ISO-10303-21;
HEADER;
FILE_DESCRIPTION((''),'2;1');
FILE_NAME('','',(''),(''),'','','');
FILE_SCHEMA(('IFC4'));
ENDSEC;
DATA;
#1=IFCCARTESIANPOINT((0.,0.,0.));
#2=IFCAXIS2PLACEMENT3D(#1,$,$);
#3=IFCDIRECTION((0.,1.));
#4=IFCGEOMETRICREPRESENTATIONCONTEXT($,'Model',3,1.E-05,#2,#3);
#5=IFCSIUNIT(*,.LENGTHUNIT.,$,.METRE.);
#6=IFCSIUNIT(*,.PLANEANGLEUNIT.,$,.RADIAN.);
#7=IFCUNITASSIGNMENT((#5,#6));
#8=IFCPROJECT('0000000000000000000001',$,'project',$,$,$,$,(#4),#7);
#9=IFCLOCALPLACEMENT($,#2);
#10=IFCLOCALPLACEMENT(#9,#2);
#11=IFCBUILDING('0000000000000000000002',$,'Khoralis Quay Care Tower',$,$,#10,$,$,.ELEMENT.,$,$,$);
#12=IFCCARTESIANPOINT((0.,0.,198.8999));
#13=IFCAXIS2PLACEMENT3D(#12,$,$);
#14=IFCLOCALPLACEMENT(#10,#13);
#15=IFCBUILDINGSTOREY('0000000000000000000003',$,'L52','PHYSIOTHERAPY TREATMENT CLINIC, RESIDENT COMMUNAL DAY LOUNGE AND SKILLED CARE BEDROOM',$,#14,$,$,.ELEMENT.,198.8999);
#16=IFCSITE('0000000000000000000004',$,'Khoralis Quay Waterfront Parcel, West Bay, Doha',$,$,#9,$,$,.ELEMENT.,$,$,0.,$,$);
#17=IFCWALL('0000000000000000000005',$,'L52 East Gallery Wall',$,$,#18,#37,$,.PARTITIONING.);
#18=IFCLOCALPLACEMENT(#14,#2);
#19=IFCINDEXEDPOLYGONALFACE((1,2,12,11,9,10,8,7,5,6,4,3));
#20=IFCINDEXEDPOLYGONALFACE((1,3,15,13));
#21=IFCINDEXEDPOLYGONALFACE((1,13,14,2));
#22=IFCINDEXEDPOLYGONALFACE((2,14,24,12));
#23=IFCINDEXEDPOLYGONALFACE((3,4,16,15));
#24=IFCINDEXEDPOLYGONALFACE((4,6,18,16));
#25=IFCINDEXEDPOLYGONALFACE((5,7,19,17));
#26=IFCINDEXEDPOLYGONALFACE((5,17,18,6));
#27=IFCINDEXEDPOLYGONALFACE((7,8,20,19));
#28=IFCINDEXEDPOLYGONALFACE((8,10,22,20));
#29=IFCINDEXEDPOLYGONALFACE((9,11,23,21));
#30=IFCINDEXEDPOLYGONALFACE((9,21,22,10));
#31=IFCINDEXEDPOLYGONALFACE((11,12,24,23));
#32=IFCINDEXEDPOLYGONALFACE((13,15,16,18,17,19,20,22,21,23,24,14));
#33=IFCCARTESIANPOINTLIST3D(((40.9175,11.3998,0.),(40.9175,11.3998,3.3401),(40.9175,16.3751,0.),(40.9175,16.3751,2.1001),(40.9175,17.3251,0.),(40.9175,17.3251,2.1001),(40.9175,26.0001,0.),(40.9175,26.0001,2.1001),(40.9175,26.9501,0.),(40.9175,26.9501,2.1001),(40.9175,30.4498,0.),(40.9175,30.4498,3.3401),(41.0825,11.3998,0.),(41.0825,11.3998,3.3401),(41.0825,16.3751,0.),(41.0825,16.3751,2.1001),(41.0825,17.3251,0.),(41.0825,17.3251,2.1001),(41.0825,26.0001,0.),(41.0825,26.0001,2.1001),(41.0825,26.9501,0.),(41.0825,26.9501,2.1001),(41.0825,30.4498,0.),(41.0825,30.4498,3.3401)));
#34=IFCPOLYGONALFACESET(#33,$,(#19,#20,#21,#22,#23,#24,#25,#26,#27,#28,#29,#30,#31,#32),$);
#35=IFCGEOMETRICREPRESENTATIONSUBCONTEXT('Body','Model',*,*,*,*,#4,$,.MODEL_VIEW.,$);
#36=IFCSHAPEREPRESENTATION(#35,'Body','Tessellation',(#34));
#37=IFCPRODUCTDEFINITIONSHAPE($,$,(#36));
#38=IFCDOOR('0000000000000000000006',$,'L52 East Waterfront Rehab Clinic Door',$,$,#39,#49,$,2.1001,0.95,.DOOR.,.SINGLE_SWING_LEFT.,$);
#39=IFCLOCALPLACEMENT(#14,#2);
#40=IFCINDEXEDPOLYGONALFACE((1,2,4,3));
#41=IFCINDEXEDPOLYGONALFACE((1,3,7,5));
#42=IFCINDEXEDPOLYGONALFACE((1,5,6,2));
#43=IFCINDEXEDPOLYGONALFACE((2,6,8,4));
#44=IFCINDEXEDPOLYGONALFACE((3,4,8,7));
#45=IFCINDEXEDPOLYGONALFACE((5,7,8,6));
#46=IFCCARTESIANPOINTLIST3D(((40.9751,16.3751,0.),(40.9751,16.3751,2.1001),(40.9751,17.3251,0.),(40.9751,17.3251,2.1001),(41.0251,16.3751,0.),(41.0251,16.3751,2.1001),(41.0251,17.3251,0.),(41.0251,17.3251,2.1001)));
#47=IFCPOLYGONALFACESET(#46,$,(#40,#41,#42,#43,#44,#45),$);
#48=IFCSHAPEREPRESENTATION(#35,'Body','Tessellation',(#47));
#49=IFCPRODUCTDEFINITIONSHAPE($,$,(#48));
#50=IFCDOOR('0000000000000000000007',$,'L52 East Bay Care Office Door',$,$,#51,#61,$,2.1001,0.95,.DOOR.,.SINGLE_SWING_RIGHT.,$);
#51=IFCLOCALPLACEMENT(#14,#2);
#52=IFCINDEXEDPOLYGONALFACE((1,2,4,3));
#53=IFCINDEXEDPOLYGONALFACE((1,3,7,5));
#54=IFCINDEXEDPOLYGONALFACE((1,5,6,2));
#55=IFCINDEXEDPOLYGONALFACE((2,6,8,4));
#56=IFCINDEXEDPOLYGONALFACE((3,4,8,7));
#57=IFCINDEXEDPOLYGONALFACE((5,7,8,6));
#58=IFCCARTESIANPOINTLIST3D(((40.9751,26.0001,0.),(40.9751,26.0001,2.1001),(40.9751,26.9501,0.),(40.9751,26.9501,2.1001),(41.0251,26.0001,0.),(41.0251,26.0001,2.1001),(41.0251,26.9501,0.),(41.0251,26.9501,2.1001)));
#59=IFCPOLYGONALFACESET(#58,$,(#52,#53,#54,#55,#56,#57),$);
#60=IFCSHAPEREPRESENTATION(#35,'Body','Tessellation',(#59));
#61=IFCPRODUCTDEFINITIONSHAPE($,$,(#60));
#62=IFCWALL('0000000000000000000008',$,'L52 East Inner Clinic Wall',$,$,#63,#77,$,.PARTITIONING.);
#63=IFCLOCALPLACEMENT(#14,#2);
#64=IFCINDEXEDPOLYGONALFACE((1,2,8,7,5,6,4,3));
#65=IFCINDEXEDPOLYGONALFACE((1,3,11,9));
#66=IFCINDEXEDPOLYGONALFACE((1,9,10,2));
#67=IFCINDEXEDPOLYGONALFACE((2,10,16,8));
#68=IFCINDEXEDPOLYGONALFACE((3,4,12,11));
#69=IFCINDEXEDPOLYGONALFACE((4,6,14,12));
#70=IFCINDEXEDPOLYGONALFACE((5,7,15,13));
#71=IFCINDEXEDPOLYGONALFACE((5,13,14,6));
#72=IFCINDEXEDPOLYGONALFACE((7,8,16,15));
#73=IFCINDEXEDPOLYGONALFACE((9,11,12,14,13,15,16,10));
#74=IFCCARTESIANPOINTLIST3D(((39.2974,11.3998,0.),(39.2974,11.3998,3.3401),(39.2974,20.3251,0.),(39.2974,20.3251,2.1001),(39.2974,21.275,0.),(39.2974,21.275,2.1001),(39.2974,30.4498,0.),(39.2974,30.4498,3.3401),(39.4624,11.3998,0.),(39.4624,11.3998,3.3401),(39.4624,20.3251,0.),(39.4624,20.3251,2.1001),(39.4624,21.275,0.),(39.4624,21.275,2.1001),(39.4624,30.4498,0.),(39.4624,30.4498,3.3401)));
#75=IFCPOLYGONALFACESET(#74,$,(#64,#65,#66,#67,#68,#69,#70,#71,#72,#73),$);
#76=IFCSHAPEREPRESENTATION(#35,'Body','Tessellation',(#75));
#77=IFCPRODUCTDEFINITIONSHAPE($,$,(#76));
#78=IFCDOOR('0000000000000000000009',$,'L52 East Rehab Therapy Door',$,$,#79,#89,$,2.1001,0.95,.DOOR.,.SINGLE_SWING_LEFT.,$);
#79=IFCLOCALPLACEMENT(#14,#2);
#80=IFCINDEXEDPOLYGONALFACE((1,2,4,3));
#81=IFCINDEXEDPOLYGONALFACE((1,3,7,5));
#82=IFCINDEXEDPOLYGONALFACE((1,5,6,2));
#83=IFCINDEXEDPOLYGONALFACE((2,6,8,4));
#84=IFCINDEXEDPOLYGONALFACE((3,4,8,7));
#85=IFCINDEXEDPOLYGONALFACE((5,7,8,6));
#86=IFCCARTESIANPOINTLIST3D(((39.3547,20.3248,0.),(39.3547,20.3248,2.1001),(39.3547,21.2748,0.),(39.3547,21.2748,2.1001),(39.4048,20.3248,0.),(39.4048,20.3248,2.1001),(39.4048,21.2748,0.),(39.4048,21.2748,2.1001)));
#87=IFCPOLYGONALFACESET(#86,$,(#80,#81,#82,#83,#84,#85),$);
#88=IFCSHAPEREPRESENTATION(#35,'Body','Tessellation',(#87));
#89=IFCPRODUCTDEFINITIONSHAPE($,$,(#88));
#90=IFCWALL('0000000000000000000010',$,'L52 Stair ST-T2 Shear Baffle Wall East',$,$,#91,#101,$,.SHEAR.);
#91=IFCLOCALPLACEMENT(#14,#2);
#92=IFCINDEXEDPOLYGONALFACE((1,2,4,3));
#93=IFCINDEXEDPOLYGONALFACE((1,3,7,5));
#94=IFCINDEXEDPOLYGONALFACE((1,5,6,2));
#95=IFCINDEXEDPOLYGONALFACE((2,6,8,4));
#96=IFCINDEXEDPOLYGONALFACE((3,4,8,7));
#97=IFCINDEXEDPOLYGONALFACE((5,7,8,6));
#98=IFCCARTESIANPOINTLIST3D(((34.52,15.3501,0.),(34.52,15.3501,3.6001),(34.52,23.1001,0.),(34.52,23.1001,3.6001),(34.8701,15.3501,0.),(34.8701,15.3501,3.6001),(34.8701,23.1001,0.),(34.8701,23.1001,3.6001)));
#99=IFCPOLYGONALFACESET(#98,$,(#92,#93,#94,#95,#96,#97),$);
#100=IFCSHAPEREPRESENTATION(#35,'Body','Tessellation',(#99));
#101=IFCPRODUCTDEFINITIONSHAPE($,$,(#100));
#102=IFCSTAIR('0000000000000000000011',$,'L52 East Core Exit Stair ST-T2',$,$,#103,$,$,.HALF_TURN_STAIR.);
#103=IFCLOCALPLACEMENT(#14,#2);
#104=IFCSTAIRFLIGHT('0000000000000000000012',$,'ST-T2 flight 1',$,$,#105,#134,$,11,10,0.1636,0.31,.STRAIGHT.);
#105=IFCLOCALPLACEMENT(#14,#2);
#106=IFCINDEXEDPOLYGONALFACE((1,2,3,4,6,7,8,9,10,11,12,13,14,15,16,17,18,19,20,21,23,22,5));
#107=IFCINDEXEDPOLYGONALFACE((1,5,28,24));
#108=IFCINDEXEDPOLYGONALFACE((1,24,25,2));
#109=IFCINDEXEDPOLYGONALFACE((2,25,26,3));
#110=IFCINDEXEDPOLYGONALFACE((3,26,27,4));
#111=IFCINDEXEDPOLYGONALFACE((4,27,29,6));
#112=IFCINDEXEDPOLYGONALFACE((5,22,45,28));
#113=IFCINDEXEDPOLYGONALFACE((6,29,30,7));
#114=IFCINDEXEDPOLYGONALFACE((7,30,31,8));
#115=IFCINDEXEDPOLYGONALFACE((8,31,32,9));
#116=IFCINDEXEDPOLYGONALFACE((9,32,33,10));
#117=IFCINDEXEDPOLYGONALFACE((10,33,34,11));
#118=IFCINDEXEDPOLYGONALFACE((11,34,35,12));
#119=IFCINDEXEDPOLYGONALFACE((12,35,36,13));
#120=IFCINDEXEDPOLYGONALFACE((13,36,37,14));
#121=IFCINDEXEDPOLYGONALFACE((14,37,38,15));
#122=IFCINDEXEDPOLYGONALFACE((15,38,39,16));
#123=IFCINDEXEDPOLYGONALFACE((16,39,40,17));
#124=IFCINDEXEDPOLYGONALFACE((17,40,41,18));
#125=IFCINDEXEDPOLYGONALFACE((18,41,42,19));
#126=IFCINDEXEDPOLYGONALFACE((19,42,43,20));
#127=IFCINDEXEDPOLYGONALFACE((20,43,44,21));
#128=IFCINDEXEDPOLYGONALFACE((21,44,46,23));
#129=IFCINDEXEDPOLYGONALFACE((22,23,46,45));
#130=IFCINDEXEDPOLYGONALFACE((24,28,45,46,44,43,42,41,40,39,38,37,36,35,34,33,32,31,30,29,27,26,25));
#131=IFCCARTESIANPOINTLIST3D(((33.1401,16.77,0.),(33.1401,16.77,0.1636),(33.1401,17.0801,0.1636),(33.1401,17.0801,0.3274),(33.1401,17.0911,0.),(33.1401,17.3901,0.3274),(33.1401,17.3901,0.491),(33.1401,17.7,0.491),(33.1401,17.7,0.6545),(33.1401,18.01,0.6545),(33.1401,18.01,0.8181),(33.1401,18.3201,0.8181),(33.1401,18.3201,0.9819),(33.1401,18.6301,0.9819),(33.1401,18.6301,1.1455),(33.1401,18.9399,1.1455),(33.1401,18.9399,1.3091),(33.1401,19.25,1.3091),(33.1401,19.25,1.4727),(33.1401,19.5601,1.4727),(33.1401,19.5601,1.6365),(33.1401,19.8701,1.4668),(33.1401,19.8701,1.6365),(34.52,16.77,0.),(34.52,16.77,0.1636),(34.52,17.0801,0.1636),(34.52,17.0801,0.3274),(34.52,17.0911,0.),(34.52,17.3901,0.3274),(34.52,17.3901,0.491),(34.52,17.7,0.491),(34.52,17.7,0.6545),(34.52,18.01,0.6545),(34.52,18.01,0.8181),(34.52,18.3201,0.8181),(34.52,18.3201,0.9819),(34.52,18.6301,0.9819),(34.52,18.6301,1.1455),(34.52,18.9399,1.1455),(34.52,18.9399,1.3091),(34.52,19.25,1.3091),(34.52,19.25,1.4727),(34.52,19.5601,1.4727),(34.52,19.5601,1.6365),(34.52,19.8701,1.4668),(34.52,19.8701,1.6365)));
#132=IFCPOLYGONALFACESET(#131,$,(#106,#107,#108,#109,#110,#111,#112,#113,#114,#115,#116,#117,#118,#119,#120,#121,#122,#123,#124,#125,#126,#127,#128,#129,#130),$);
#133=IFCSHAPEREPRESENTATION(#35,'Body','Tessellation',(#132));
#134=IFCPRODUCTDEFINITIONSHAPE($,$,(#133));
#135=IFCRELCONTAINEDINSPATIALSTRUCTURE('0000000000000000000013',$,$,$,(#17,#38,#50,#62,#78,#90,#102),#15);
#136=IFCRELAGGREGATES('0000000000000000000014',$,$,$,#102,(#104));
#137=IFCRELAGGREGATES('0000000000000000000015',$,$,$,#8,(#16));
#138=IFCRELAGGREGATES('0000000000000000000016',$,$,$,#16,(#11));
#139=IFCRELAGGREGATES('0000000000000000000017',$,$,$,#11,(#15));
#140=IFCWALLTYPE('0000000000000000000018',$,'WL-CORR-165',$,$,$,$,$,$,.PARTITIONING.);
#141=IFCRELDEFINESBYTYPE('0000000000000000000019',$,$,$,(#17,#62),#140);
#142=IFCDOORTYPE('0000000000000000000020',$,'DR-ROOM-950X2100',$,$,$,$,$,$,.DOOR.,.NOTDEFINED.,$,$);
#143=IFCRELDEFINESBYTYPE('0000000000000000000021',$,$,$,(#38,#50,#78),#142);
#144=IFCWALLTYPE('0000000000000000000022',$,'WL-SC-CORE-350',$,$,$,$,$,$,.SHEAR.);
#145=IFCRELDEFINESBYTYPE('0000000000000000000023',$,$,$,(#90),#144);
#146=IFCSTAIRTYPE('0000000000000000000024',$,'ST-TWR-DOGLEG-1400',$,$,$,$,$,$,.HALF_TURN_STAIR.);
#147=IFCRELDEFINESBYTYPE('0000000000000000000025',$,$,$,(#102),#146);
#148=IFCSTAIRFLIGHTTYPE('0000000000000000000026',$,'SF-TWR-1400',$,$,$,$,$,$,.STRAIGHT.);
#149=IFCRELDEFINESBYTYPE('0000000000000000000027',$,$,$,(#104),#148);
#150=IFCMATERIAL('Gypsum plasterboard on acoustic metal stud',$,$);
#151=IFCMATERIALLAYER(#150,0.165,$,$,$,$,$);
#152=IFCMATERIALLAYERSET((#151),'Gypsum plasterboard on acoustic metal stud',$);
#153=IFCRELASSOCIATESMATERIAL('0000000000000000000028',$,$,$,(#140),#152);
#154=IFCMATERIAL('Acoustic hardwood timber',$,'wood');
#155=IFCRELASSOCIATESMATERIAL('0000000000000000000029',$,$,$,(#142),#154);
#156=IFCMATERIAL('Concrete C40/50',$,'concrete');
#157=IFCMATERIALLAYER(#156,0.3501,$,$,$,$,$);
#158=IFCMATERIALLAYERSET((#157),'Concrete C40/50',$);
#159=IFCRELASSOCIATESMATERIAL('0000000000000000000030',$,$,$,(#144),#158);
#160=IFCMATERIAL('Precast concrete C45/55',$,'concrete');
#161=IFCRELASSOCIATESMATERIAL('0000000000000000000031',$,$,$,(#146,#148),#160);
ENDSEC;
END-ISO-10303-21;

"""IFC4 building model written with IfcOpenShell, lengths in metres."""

from ifc_helpers import new_model, si_unit, direction, frame, frame_2d, origin, place, context, subcontext, project, spatial, polyline, rectangle, outline, extrude, source, transform, mapped, material, layer, layer_set, type_object, element, fill, aggregate, save


model = new_model("IFC4")

# Units and contexts
model_context = context("Model", 3, precision=1e-05, world=origin(), true_north=direction((0.0, 1.0)))
body_context = subcontext(model_context, "Body", "Model", "MODEL_VIEW")
ifc_project = project(units=[si_unit("LENGTHUNIT", "METRE"), si_unit("PLANEANGLEUNIT", "RADIAN")], contexts=[model_context])

# Site, building, storey
site_placement = place(None, origin())
site = spatial("IfcSite", under=ifc_project, at=site_placement, Name="Khoralis Quay Waterfront Parcel, West Bay, Doha", CompositionType="ELEMENT", RefElevation=0.0)
building_placement = place(site_placement, origin())
building = spatial("IfcBuilding", under=site, at=building_placement, Name="Khoralis Quay Care Tower", CompositionType="ELEMENT")
storey_placement = place(building_placement, frame((0.0, 0.0, 198.8999)))
storey = spatial("IfcBuildingStorey", under=building, at=storey_placement, Name="L52", Description="PHYSIOTHERAPY TREATMENT CLINIC, RESIDENT COMMUNAL DAY LOUNGE AND SKILLED CARE BEDROOM", CompositionType="ELEMENT", Elevation=198.8999)

# Shared definitions
ifc_material_1 = material(Name="Gypsum plasterboard on acoustic metal stud")

# Wall, openings, doors
ifc_layer_1 = layer(ifc_material_1, 0.165)
ifc_layer_set_1 = layer_set([ifc_layer_1], Name="Gypsum plasterboard on acoustic metal stud")
wall_type_1 = type_object("IfcWallType", Name="WL-CORR-165", PredefinedType="PARTITIONING", material=ifc_layer_set_1)
wall_1_placement = place(storey_placement, frame((41.0, 11.3999, 0.0), z_axis=(0.0, 0.0, 1.0), x_axis=(0.0, 1.0, 0.0)))
wall_1 = element("IfcWall", 1, at=wall_1_placement, inside=storey, type_object=wall_type_1, Name="L52 East Gallery Wall", PredefinedType="PARTITIONING", context=body_context, shape_type="SweptSolid", body=[
    extrude(rectangle(XDim=19.05, YDim=0.165, at=frame_2d((9.5249, 0.0))), origin(), (0.0, 0.0, 1.0), 3.3401),
])
opening_1_placement = place(wall_1_placement, frame((4.9751, 0.0, 0.0)))
opening_1 = element("IfcOpeningElement", 2, at=opening_1_placement, cuts=wall_1, PredefinedType="OPENING", context=body_context, shape_type="SweptSolid", body=[
    extrude(rectangle(XDim=0.95, YDim=2.1001, at=frame_2d((0.4751, 1.05))), frame((0.0, 0.0925, 0.0), z_axis=(0.0, -1.0, 0.0), x_axis=(1.0, 0.0, 0.0)), (0.0, 0.0, 1.0), 0.1851),
])
opening_2_placement = place(wall_1_placement, frame((14.6001, 0.0, 0.0)))
opening_2 = element("IfcOpeningElement", 3, at=opening_2_placement, cuts=wall_1, PredefinedType="OPENING", context=body_context, shape_type="SweptSolid", body=[
    extrude(rectangle(XDim=0.95, YDim=2.1001, at=frame_2d((0.4751, 1.05))), frame((0.0, 0.0925, 0.0), z_axis=(0.0, -1.0, 0.0), x_axis=(1.0, 0.0, 0.0)), (0.0, 0.0, 1.0), 0.1851),
])
ifc_material_2 = material(Name="Acoustic hardwood timber", Category="wood")
door_type_1 = type_object("IfcDoorType", Name="DR-ROOM-950X2100", OperationType="NOTDEFINED", PredefinedType="DOOR", material=ifc_material_2)
shared_shape_1 = source(origin(), body_context, "Body", "SweptSolid", [
    extrude(rectangle(XDim=0.95, YDim=2.1001, at=frame_2d((0.4751, 1.05))), frame((0.0, 0.0249, 0.0), z_axis=(0.0, -1.0, 0.0), x_axis=(1.0, 0.0, 0.0)), (0.0, 0.0, 1.0), 0.05),
])
door_1_placement = place(opening_1_placement, origin())
door_1 = element("IfcDoor", 4, at=door_1_placement, inside=storey, type_object=door_type_1, Name="L52 East Waterfront Rehab Clinic Door", OperationType="SINGLE_SWING_LEFT", OverallHeight=2.1001, OverallWidth=0.95, PredefinedType="DOOR", context=body_context, shape_type="MappedRepresentation", body=[
    mapped(shared_shape_1, transform((0.0, 0.0, 0.0), scale=1.0)),
])
fill(opening_1, door_1)
door_2_placement = place(opening_2_placement, origin())
door_2 = element("IfcDoor", 5, at=door_2_placement, inside=storey, type_object=door_type_1, Name="L52 East Bay Care Office Door", OperationType="SINGLE_SWING_RIGHT", OverallHeight=2.1001, OverallWidth=0.95, PredefinedType="DOOR", context=body_context, shape_type="MappedRepresentation", body=[
    mapped(shared_shape_1, transform((0.0, 0.0, 0.0), scale=1.0)),
])
fill(opening_2, door_2)

# Wall, opening, door
wall_2_placement = place(storey_placement, frame((39.3799, 11.3999, 0.0), z_axis=(0.0, 0.0, 1.0), x_axis=(0.0, 1.0, 0.0)))
wall_2 = element("IfcWall", 6, at=wall_2_placement, inside=storey, type_object=wall_type_1, Name="L52 East Inner Clinic Wall", PredefinedType="PARTITIONING", context=body_context, shape_type="SweptSolid", body=[
    extrude(rectangle(XDim=19.05, YDim=0.165, at=frame_2d((9.5249, 0.0))), origin(), (0.0, 0.0, 1.0), 3.3401),
])
opening_3_placement = place(wall_2_placement, frame((8.925, 0.0, 0.0)))
opening_3 = element("IfcOpeningElement", 7, at=opening_3_placement, cuts=wall_2, PredefinedType="OPENING", context=body_context, shape_type="SweptSolid", body=[
    extrude(rectangle(XDim=0.95, YDim=2.1001, at=frame_2d((0.4751, 1.05))), frame((0.0, 0.0925, 0.0), z_axis=(0.0, -1.0, 0.0), x_axis=(1.0, 0.0, 0.0)), (0.0, 0.0, 1.0), 0.1851),
])
door_3_placement = place(opening_3_placement, frame((0.95, 0.0, 0.0), z_axis=(0.0, 0.0, 1.0), x_axis=(-1.0, 0.0, 0.0)))
door_3 = element("IfcDoor", 8, at=door_3_placement, inside=storey, type_object=door_type_1, Name="L52 East Rehab Therapy Door", OperationType="SINGLE_SWING_LEFT", OverallHeight=2.1001, OverallWidth=0.95, PredefinedType="DOOR", context=body_context, shape_type="MappedRepresentation", body=[
    mapped(shared_shape_1, transform((0.0, 0.0, 0.0), scale=1.0)),
])
fill(opening_3, door_3)

# Wall
ifc_material_3 = material(Name="Concrete C40/50", Category="concrete")
ifc_layer_2 = layer(ifc_material_3, 0.3501)
ifc_layer_set_2 = layer_set([ifc_layer_2], Name="Concrete C40/50")
wall_type_2 = type_object("IfcWallType", Name="WL-SC-CORE-350", PredefinedType="SHEAR", material=ifc_layer_set_2)
wall_3_placement = place(storey_placement, frame((34.6951, 15.3501, 0.0), z_axis=(0.0, 0.0, 1.0), x_axis=(0.0, 1.0, 0.0)))
element("IfcWall", 9, at=wall_3_placement, inside=storey, type_object=wall_type_2, Name="L52 Stair ST-T2 Shear Baffle Wall East", PredefinedType="SHEAR", context=body_context, shape_type="SweptSolid", body=[
    extrude(rectangle(XDim=7.75, YDim=0.3501, at=frame_2d((3.875, 0.0))), origin(), (0.0, 0.0, 1.0), 3.6001),
])

# Stair, stair flight
ifc_material_4 = material(Name="Precast concrete C45/55", Category="concrete")
stair_type = type_object("IfcStairType", Name="ST-TWR-DOGLEG-1400", PredefinedType="HALF_TURN_STAIR", material=ifc_material_4)
stair_placement = place(storey_placement, origin())
stair = element("IfcStair", 10, at=stair_placement, inside=storey, type_object=stair_type, Name="L52 East Core Exit Stair ST-T2", PredefinedType="HALF_TURN_STAIR")
stair_flight_type = type_object("IfcStairFlightType", Name="SF-TWR-1400", PredefinedType="STRAIGHT", material=ifc_material_4)
shared_shape_2 = source(origin(), body_context, "Body", "SweptSolid", [
    extrude(outline(polyline([(0.0, 0.0), (0.0, 0.1636), (0.3101, 0.1636), (0.3101, 0.3274), (0.6201, 0.3274), (0.6201, 0.491), (0.9299, 0.491), (0.9299, 0.6545), (1.24, 0.6545), (1.24, 0.8181), (1.55, 0.8181), (1.55, 0.9819), (1.8601, 0.9819), (1.8601, 1.1455), (2.1699, 1.1455), (2.1699, 1.3091), (2.48, 1.3091), (2.48, 1.4727), (2.79, 1.4727), (2.79, 1.6365), (3.1001, 1.6365), (3.1001, 1.8), (3.1001, 1.4668), (0.321, 0.0), (0.0, 0.0)])), frame((0.0, 0.6899, 0.0), z_axis=(0.0, -1.0, 0.0), x_axis=(1.0, 0.0, 0.0)), (0.0, 0.0, 1.0), 1.3799),
])
stair_flight_placement = place(storey_placement, frame((33.8301, 16.77, 0.0), z_axis=(0.0, 0.0, 1.0), x_axis=(0.0, 1.0, 0.0)))
stair_flight = element("IfcStairFlight", 11, at=stair_flight_placement, type_object=stair_flight_type, Name="ST-T2 flight 1", NumberOfRisers=11, NumberOfTreads=10, PredefinedType="STRAIGHT", RiserHeight=0.1636, TreadLength=0.31, context=body_context, shape_type="MappedRepresentation", body=[
    mapped(shared_shape_2, transform((0.0, 0.0, 0.0), scale=1.0)),
])
aggregate(stair, [stair_flight])

save(model, "model.ifc")
